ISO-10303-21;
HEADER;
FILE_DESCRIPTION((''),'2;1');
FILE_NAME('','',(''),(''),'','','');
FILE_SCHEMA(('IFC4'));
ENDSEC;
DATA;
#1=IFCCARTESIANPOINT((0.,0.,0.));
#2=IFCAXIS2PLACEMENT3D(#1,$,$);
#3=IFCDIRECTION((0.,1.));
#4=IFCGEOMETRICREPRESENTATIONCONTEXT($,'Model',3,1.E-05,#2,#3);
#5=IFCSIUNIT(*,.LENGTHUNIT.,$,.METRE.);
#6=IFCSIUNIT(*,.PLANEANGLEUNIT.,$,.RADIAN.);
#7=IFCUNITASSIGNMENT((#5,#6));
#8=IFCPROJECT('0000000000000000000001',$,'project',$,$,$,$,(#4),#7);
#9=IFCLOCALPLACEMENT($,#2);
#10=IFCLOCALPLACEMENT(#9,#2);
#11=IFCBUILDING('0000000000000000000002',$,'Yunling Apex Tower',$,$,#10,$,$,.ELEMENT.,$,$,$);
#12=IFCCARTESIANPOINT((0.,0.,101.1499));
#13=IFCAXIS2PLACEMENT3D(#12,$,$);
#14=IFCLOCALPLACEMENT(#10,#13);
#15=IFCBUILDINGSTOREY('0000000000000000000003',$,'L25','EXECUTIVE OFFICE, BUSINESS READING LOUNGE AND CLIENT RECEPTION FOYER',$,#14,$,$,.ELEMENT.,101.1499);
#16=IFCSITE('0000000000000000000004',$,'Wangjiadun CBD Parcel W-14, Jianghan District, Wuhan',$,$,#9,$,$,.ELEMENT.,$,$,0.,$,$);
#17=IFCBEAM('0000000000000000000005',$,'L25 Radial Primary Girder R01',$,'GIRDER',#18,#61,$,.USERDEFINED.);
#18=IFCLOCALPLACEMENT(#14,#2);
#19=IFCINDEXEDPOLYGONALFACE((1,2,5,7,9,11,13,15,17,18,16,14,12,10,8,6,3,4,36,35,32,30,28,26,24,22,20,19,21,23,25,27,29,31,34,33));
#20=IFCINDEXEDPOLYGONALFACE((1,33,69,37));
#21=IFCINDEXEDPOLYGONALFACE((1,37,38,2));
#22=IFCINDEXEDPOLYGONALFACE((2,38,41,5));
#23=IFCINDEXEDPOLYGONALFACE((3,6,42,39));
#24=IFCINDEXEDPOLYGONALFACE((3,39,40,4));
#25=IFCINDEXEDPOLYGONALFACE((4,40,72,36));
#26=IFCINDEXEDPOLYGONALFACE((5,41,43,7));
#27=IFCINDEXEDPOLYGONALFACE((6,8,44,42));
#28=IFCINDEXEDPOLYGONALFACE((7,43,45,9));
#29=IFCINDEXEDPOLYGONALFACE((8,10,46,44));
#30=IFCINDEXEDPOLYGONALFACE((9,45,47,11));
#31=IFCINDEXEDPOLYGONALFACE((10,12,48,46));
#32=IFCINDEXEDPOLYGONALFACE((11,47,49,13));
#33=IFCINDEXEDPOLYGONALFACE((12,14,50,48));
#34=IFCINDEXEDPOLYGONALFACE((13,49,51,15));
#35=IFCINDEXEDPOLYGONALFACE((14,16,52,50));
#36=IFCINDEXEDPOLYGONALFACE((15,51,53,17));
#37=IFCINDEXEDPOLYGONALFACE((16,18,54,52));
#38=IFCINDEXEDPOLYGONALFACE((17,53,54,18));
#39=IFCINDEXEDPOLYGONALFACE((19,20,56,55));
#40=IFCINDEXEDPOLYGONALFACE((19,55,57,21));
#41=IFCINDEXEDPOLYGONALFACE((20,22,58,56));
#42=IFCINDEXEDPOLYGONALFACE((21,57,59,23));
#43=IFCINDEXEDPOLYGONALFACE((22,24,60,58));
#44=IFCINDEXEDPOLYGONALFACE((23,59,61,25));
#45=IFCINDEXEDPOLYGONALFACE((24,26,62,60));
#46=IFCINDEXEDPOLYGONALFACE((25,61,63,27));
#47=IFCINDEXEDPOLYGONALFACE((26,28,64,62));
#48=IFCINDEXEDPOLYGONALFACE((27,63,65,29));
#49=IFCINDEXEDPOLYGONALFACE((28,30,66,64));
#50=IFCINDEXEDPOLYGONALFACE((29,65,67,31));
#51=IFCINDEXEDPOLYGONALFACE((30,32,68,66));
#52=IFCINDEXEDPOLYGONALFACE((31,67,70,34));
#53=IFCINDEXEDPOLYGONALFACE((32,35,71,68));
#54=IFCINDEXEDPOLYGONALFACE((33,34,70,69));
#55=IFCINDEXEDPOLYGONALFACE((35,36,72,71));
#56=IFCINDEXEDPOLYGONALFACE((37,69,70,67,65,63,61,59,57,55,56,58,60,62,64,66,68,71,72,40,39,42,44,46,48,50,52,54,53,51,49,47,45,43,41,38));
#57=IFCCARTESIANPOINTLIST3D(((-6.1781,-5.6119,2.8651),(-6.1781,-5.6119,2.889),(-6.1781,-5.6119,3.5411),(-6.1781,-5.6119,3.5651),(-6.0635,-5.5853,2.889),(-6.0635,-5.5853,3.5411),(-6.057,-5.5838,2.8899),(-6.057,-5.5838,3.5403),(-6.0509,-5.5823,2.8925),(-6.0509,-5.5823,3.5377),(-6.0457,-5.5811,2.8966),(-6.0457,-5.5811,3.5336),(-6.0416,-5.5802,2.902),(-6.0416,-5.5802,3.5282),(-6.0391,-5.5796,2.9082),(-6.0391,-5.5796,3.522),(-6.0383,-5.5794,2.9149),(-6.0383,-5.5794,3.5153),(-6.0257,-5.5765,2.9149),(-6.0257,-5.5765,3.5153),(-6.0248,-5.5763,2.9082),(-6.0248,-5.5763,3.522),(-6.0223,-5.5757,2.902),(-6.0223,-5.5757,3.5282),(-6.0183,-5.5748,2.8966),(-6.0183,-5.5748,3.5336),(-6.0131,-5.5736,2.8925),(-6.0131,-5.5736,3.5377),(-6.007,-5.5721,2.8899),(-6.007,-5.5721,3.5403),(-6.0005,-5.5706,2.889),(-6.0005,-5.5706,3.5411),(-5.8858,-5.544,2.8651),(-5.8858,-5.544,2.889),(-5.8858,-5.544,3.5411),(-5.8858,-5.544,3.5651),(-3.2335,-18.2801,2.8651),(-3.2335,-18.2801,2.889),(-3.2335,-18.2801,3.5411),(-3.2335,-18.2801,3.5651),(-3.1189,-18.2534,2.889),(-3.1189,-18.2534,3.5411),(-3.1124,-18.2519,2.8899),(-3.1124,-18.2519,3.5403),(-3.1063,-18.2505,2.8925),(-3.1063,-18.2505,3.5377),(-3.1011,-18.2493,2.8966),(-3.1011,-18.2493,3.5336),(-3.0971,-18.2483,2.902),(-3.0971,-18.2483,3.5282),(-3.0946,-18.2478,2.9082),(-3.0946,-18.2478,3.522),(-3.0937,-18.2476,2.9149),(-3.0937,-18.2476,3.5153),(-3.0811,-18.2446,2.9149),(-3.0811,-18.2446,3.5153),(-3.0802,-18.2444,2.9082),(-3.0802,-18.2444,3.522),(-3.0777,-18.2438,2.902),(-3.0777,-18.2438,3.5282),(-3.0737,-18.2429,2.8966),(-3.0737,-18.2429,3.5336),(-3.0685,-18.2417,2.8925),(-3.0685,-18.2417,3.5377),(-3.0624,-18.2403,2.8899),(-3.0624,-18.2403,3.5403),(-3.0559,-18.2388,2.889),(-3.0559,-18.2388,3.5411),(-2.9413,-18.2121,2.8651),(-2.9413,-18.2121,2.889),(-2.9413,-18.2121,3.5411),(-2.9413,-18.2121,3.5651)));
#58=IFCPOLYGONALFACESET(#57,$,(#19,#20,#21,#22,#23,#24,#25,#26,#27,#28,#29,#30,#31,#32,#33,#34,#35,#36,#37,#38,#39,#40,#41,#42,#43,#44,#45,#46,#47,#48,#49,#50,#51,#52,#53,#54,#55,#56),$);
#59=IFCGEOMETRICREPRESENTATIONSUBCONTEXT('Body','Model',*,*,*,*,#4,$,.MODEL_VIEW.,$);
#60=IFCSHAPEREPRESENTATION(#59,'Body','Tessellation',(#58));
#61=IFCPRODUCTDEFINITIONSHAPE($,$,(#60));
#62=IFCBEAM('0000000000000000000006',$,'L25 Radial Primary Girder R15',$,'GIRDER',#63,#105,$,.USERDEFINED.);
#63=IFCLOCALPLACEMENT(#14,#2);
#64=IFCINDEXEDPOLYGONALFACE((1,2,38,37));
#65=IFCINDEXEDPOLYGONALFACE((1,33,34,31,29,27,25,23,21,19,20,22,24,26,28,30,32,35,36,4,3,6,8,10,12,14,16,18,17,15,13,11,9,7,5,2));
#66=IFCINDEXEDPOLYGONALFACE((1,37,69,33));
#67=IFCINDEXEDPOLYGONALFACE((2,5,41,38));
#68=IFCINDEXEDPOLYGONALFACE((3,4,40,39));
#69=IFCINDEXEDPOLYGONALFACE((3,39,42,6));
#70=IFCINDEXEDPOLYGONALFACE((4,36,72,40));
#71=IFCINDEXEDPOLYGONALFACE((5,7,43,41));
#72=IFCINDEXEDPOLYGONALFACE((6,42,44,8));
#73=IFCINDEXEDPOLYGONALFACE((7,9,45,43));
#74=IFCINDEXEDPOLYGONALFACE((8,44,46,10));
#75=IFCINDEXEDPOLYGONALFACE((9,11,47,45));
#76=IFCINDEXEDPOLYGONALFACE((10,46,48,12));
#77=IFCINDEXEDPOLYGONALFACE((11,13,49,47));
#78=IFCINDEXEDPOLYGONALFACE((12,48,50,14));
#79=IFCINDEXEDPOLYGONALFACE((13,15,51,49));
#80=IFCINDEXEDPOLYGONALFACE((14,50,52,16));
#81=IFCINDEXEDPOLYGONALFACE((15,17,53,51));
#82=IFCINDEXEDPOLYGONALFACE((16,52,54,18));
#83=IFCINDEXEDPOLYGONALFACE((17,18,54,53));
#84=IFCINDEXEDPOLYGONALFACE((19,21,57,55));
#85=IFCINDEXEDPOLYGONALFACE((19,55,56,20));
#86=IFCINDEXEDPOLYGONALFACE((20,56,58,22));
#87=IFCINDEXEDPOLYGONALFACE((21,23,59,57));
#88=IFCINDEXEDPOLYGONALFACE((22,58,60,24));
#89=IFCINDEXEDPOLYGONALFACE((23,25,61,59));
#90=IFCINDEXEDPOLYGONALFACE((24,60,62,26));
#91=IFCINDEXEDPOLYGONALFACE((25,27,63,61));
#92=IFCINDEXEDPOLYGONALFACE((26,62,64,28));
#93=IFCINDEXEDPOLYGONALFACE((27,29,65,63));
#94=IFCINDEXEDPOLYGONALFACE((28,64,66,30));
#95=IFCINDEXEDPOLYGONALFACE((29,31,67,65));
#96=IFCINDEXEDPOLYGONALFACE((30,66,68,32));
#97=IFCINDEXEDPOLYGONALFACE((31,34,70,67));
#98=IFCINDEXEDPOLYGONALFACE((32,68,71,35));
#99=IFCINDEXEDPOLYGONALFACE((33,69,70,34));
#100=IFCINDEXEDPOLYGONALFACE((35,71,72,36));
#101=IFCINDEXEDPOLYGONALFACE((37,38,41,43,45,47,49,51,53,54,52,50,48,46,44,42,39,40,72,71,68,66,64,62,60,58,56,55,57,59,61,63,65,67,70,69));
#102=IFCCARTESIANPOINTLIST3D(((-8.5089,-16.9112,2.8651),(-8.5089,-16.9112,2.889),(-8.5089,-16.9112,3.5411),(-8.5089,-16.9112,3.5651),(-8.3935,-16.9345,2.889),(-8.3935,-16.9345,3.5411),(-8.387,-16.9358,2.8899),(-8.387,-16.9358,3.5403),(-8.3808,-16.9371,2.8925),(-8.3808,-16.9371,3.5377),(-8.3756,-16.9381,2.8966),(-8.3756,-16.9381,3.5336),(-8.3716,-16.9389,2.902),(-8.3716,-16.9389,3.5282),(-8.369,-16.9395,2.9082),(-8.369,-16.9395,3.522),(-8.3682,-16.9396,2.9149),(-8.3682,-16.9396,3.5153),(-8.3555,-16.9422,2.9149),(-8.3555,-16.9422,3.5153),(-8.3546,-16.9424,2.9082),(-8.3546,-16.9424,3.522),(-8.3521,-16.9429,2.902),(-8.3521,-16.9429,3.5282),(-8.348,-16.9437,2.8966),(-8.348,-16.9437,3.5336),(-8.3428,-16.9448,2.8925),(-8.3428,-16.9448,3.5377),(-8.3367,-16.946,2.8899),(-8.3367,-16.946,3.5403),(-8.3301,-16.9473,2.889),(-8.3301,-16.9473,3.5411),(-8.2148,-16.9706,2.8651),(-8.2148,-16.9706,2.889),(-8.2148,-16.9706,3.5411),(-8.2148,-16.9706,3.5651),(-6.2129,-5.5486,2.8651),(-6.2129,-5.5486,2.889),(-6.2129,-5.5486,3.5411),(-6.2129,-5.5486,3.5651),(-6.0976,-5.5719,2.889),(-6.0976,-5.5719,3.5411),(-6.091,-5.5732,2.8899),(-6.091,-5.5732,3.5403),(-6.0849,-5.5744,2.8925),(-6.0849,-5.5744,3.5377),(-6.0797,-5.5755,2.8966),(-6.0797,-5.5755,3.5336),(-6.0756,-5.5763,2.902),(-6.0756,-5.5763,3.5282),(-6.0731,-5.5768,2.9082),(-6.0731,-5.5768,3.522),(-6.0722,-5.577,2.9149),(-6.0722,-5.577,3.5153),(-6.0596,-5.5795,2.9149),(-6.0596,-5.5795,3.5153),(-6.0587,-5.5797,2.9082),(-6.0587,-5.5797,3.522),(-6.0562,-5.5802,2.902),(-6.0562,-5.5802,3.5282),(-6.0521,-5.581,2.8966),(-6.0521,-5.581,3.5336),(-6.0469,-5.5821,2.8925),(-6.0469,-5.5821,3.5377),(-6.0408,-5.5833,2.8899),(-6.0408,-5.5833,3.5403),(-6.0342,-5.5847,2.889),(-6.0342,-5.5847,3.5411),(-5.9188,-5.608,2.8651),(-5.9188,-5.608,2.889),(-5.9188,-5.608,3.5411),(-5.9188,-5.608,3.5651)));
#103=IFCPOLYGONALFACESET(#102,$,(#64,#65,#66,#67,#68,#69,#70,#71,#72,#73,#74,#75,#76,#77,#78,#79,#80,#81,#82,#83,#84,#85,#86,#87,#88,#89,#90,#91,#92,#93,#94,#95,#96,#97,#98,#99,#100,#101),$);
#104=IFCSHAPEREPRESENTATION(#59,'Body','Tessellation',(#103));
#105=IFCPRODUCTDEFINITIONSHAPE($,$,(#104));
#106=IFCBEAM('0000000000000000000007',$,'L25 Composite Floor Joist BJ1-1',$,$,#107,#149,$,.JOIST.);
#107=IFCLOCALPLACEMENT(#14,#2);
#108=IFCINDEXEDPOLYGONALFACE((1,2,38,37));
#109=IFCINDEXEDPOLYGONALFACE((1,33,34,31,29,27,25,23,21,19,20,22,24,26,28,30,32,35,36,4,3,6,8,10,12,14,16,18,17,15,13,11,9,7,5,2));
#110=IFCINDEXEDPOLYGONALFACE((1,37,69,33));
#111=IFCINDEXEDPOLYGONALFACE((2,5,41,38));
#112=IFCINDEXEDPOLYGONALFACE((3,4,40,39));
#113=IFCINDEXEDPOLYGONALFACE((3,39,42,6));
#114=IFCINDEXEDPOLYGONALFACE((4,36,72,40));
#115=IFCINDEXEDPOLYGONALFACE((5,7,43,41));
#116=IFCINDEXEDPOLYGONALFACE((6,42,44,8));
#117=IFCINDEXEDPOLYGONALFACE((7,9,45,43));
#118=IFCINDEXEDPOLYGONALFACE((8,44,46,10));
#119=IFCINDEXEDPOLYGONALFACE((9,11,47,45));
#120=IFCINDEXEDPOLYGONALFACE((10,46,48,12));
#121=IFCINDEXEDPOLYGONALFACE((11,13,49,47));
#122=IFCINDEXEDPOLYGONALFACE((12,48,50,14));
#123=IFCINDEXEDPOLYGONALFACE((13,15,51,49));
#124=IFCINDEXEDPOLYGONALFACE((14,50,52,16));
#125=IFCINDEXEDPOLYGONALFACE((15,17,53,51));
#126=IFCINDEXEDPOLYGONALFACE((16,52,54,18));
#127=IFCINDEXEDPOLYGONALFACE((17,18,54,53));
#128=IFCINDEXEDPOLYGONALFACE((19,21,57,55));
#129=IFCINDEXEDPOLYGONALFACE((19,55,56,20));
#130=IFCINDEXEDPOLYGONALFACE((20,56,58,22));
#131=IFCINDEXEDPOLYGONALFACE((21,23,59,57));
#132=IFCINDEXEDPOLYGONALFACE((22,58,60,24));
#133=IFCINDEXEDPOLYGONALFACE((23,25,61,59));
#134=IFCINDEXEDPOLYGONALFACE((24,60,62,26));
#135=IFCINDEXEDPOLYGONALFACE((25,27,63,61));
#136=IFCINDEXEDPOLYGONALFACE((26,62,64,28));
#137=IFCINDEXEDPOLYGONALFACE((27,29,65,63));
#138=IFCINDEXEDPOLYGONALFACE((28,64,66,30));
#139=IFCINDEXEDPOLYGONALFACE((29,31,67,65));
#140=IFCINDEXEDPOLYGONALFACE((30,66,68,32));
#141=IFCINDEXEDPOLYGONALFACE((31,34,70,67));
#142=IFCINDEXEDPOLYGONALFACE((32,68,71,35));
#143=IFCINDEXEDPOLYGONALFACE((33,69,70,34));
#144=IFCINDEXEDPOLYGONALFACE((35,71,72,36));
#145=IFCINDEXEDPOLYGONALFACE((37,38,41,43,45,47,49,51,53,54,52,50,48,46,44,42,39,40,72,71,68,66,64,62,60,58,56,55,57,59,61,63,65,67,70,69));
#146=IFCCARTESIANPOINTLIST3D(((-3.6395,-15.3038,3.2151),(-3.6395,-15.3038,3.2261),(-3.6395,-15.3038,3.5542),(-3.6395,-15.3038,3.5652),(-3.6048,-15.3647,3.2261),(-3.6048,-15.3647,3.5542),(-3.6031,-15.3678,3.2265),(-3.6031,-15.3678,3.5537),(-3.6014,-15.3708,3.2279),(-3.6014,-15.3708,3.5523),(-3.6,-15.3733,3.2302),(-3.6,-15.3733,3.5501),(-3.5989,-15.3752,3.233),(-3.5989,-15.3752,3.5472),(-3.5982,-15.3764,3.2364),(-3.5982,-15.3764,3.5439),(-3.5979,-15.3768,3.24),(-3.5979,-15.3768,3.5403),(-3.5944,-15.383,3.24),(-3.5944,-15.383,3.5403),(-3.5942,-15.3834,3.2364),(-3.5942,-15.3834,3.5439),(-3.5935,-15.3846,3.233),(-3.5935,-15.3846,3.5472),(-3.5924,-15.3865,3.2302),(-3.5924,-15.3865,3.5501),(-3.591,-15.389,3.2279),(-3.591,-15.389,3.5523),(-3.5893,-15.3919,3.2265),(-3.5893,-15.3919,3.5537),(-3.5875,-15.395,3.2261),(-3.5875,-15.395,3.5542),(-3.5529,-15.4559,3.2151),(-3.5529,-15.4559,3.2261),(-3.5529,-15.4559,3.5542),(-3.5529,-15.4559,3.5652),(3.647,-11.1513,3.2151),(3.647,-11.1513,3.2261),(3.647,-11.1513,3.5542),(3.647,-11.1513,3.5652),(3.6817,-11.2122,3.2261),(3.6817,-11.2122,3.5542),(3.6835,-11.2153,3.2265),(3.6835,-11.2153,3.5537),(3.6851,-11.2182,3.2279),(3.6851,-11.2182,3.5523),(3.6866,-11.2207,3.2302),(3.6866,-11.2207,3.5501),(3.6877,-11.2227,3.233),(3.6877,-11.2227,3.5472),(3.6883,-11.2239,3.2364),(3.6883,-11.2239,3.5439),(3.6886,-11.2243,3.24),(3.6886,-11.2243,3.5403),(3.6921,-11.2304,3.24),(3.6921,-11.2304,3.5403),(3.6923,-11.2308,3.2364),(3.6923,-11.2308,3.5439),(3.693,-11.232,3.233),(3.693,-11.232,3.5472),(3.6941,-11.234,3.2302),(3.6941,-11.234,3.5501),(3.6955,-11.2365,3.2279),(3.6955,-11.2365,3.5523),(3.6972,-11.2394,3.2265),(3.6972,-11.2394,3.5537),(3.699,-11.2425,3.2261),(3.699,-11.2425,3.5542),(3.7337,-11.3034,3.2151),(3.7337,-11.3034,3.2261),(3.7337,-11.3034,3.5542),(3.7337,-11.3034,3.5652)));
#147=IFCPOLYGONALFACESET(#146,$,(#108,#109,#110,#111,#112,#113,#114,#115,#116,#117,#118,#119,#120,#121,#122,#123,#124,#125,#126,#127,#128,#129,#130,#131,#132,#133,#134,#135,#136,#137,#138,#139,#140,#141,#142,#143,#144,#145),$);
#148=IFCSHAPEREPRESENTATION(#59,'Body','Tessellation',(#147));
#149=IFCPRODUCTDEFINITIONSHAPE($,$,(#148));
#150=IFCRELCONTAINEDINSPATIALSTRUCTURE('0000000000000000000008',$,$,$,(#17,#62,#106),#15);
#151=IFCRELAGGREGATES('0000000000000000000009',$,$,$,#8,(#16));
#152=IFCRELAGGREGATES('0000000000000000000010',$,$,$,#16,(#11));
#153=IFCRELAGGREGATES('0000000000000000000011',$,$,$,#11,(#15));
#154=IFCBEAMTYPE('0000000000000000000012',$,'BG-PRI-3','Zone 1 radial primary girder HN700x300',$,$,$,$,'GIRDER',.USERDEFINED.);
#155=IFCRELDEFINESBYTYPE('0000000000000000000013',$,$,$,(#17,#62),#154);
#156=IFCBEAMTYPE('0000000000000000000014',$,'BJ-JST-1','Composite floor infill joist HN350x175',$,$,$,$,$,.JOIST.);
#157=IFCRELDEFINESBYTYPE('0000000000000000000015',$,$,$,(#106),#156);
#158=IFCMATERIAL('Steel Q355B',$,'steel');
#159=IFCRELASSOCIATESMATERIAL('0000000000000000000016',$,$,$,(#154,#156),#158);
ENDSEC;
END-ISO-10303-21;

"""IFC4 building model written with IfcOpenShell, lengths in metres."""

from ifc_helpers import new_model, si_unit, direction, frame, origin, origin_2d, place, context, subcontext, project, spatial, i_section, extrude, source, transform, mapped, material, material_profile, profile_set, type_object, element, save


model = new_model("IFC4")

# Units and contexts
model_context = context("Model", 3, precision=1e-05, world=origin(), true_north=direction((0.0, 1.0)))
body_context = subcontext(model_context, "Body", "Model", "MODEL_VIEW")
ifc_project = project(units=[si_unit("LENGTHUNIT", "METRE"), si_unit("PLANEANGLEUNIT", "RADIAN")], contexts=[model_context])

# Site, building, storey
site_placement = place(None, origin())
site = spatial("IfcSite", under=ifc_project, at=site_placement, Name="Wangjiadun CBD Parcel W-14, Jianghan District, Wuhan", CompositionType="ELEMENT", RefElevation=0.0)
building_placement = place(site_placement, origin())
building = spatial("IfcBuilding", under=site, at=building_placement, Name="Yunling Apex Tower", CompositionType="ELEMENT")
storey_placement = place(building_placement, frame((0.0, 0.0, 101.1499)))
storey = spatial("IfcBuildingStorey", under=building, at=storey_placement, Name="L25", Description="EXECUTIVE OFFICE, BUSINESS READING LOUNGE AND CLIENT RECEPTION FOYER", CompositionType="ELEMENT", Elevation=101.1499)

# Beams
ifc_material_1 = material(Name="Steel Q355B", Category="steel")
ifc_material_profile_1 = material_profile(ifc_material_1, i_section(OverallWidth=0.3, OverallDepth=0.7, WebThickness=0.0129, FlangeThickness=0.0239, FilletRadius=0.0259, at=origin_2d()))
ifc_profile_set_1 = profile_set([ifc_material_profile_1], Name="Steel Q355B")
beam_type_1 = type_object("IfcBeamType", Name="BG-PRI-3", Description="Zone 1 radial primary girder HN700x300", ElementType="GIRDER", PredefinedType="USERDEFINED", material=ifc_profile_set_1)
shared_shape_1 = source(origin(), body_context, "Body", "SweptSolid", [
    extrude(i_section(OverallWidth=0.3, OverallDepth=0.7, WebThickness=0.0129, FlangeThickness=0.0239, FilletRadius=0.0259, at=origin_2d()), origin(), (0.0, 0.0, 1.0), 13.0059),
])
beam_1_placement = place(storey_placement, frame((-3.0874, -18.2461, 3.2151), z_axis=(-0.226403, 0.974034, 0.0), x_axis=(-0.974034, -0.226403, 0.0)))
element("IfcBeam", 1, at=beam_1_placement, inside=storey, type_object=beam_type_1, Name="L25 Radial Primary Girder R01", ObjectType="GIRDER", PredefinedType="USERDEFINED", context=body_context, shape_type="MappedRepresentation", body=[
    mapped(shared_shape_1, transform((0.0, 0.0, 0.0), scale=1.0)),
])
shared_shape_2 = source(origin(), body_context, "Body", "SweptSolid", [
    extrude(i_section(OverallWidth=0.3, OverallDepth=0.7, WebThickness=0.0129, FlangeThickness=0.0239, FilletRadius=0.0259, at=origin_2d()), origin(), (0.0, 0.0, 1.0), 11.5923),
])
beam_2_placement = place(storey_placement, frame((-8.3618, -16.9409, 3.2151), z_axis=(0.198056, 0.980191, 0.0), x_axis=(-0.980191, 0.198056, 0.0)))
element("IfcBeam", 2, at=beam_2_placement, inside=storey, type_object=beam_type_1, Name="L25 Radial Primary Girder R15", ObjectType="GIRDER", PredefinedType="USERDEFINED", context=body_context, shape_type="MappedRepresentation", body=[
    mapped(shared_shape_2, transform((0.0, 0.0, 0.0), scale=1.0)),
])
ifc_material_profile_2 = material_profile(ifc_material_1, i_section(OverallWidth=0.175, OverallDepth=0.3501, WebThickness=0.0071, FlangeThickness=0.011, FilletRadius=0.0139, at=origin_2d()))
ifc_profile_set_2 = profile_set([ifc_material_profile_2], Name="Steel Q355B")
beam_type_2 = type_object("IfcBeamType", Name="BJ-JST-1", Description="Composite floor infill joist HN350x175", PredefinedType="JOIST", material=ifc_profile_set_2)
shared_shape_3 = source(origin(), body_context, "Body", "SweptSolid", [
    extrude(i_section(OverallWidth=0.175, OverallDepth=0.3501, WebThickness=0.0071, FlangeThickness=0.011, FilletRadius=0.0139, at=origin_2d()), origin(), (0.0, 0.0, 1.0), 8.3867),
])
beam_3_placement = place(storey_placement, frame((-3.5962, -15.3799, 3.3901), z_axis=(0.868818, 0.495132, 0.0), x_axis=(-0.495132, 0.868818, 0.0)))
element("IfcBeam", 3, at=beam_3_placement, inside=storey, type_object=beam_type_2, Name="L25 Composite Floor Joist BJ1-1", PredefinedType="JOIST", context=body_context, shape_type="MappedRepresentation", body=[
    mapped(shared_shape_3, transform((0.0, 0.0, 0.0), scale=1.0)),
])

save(model, "model.ifc")
